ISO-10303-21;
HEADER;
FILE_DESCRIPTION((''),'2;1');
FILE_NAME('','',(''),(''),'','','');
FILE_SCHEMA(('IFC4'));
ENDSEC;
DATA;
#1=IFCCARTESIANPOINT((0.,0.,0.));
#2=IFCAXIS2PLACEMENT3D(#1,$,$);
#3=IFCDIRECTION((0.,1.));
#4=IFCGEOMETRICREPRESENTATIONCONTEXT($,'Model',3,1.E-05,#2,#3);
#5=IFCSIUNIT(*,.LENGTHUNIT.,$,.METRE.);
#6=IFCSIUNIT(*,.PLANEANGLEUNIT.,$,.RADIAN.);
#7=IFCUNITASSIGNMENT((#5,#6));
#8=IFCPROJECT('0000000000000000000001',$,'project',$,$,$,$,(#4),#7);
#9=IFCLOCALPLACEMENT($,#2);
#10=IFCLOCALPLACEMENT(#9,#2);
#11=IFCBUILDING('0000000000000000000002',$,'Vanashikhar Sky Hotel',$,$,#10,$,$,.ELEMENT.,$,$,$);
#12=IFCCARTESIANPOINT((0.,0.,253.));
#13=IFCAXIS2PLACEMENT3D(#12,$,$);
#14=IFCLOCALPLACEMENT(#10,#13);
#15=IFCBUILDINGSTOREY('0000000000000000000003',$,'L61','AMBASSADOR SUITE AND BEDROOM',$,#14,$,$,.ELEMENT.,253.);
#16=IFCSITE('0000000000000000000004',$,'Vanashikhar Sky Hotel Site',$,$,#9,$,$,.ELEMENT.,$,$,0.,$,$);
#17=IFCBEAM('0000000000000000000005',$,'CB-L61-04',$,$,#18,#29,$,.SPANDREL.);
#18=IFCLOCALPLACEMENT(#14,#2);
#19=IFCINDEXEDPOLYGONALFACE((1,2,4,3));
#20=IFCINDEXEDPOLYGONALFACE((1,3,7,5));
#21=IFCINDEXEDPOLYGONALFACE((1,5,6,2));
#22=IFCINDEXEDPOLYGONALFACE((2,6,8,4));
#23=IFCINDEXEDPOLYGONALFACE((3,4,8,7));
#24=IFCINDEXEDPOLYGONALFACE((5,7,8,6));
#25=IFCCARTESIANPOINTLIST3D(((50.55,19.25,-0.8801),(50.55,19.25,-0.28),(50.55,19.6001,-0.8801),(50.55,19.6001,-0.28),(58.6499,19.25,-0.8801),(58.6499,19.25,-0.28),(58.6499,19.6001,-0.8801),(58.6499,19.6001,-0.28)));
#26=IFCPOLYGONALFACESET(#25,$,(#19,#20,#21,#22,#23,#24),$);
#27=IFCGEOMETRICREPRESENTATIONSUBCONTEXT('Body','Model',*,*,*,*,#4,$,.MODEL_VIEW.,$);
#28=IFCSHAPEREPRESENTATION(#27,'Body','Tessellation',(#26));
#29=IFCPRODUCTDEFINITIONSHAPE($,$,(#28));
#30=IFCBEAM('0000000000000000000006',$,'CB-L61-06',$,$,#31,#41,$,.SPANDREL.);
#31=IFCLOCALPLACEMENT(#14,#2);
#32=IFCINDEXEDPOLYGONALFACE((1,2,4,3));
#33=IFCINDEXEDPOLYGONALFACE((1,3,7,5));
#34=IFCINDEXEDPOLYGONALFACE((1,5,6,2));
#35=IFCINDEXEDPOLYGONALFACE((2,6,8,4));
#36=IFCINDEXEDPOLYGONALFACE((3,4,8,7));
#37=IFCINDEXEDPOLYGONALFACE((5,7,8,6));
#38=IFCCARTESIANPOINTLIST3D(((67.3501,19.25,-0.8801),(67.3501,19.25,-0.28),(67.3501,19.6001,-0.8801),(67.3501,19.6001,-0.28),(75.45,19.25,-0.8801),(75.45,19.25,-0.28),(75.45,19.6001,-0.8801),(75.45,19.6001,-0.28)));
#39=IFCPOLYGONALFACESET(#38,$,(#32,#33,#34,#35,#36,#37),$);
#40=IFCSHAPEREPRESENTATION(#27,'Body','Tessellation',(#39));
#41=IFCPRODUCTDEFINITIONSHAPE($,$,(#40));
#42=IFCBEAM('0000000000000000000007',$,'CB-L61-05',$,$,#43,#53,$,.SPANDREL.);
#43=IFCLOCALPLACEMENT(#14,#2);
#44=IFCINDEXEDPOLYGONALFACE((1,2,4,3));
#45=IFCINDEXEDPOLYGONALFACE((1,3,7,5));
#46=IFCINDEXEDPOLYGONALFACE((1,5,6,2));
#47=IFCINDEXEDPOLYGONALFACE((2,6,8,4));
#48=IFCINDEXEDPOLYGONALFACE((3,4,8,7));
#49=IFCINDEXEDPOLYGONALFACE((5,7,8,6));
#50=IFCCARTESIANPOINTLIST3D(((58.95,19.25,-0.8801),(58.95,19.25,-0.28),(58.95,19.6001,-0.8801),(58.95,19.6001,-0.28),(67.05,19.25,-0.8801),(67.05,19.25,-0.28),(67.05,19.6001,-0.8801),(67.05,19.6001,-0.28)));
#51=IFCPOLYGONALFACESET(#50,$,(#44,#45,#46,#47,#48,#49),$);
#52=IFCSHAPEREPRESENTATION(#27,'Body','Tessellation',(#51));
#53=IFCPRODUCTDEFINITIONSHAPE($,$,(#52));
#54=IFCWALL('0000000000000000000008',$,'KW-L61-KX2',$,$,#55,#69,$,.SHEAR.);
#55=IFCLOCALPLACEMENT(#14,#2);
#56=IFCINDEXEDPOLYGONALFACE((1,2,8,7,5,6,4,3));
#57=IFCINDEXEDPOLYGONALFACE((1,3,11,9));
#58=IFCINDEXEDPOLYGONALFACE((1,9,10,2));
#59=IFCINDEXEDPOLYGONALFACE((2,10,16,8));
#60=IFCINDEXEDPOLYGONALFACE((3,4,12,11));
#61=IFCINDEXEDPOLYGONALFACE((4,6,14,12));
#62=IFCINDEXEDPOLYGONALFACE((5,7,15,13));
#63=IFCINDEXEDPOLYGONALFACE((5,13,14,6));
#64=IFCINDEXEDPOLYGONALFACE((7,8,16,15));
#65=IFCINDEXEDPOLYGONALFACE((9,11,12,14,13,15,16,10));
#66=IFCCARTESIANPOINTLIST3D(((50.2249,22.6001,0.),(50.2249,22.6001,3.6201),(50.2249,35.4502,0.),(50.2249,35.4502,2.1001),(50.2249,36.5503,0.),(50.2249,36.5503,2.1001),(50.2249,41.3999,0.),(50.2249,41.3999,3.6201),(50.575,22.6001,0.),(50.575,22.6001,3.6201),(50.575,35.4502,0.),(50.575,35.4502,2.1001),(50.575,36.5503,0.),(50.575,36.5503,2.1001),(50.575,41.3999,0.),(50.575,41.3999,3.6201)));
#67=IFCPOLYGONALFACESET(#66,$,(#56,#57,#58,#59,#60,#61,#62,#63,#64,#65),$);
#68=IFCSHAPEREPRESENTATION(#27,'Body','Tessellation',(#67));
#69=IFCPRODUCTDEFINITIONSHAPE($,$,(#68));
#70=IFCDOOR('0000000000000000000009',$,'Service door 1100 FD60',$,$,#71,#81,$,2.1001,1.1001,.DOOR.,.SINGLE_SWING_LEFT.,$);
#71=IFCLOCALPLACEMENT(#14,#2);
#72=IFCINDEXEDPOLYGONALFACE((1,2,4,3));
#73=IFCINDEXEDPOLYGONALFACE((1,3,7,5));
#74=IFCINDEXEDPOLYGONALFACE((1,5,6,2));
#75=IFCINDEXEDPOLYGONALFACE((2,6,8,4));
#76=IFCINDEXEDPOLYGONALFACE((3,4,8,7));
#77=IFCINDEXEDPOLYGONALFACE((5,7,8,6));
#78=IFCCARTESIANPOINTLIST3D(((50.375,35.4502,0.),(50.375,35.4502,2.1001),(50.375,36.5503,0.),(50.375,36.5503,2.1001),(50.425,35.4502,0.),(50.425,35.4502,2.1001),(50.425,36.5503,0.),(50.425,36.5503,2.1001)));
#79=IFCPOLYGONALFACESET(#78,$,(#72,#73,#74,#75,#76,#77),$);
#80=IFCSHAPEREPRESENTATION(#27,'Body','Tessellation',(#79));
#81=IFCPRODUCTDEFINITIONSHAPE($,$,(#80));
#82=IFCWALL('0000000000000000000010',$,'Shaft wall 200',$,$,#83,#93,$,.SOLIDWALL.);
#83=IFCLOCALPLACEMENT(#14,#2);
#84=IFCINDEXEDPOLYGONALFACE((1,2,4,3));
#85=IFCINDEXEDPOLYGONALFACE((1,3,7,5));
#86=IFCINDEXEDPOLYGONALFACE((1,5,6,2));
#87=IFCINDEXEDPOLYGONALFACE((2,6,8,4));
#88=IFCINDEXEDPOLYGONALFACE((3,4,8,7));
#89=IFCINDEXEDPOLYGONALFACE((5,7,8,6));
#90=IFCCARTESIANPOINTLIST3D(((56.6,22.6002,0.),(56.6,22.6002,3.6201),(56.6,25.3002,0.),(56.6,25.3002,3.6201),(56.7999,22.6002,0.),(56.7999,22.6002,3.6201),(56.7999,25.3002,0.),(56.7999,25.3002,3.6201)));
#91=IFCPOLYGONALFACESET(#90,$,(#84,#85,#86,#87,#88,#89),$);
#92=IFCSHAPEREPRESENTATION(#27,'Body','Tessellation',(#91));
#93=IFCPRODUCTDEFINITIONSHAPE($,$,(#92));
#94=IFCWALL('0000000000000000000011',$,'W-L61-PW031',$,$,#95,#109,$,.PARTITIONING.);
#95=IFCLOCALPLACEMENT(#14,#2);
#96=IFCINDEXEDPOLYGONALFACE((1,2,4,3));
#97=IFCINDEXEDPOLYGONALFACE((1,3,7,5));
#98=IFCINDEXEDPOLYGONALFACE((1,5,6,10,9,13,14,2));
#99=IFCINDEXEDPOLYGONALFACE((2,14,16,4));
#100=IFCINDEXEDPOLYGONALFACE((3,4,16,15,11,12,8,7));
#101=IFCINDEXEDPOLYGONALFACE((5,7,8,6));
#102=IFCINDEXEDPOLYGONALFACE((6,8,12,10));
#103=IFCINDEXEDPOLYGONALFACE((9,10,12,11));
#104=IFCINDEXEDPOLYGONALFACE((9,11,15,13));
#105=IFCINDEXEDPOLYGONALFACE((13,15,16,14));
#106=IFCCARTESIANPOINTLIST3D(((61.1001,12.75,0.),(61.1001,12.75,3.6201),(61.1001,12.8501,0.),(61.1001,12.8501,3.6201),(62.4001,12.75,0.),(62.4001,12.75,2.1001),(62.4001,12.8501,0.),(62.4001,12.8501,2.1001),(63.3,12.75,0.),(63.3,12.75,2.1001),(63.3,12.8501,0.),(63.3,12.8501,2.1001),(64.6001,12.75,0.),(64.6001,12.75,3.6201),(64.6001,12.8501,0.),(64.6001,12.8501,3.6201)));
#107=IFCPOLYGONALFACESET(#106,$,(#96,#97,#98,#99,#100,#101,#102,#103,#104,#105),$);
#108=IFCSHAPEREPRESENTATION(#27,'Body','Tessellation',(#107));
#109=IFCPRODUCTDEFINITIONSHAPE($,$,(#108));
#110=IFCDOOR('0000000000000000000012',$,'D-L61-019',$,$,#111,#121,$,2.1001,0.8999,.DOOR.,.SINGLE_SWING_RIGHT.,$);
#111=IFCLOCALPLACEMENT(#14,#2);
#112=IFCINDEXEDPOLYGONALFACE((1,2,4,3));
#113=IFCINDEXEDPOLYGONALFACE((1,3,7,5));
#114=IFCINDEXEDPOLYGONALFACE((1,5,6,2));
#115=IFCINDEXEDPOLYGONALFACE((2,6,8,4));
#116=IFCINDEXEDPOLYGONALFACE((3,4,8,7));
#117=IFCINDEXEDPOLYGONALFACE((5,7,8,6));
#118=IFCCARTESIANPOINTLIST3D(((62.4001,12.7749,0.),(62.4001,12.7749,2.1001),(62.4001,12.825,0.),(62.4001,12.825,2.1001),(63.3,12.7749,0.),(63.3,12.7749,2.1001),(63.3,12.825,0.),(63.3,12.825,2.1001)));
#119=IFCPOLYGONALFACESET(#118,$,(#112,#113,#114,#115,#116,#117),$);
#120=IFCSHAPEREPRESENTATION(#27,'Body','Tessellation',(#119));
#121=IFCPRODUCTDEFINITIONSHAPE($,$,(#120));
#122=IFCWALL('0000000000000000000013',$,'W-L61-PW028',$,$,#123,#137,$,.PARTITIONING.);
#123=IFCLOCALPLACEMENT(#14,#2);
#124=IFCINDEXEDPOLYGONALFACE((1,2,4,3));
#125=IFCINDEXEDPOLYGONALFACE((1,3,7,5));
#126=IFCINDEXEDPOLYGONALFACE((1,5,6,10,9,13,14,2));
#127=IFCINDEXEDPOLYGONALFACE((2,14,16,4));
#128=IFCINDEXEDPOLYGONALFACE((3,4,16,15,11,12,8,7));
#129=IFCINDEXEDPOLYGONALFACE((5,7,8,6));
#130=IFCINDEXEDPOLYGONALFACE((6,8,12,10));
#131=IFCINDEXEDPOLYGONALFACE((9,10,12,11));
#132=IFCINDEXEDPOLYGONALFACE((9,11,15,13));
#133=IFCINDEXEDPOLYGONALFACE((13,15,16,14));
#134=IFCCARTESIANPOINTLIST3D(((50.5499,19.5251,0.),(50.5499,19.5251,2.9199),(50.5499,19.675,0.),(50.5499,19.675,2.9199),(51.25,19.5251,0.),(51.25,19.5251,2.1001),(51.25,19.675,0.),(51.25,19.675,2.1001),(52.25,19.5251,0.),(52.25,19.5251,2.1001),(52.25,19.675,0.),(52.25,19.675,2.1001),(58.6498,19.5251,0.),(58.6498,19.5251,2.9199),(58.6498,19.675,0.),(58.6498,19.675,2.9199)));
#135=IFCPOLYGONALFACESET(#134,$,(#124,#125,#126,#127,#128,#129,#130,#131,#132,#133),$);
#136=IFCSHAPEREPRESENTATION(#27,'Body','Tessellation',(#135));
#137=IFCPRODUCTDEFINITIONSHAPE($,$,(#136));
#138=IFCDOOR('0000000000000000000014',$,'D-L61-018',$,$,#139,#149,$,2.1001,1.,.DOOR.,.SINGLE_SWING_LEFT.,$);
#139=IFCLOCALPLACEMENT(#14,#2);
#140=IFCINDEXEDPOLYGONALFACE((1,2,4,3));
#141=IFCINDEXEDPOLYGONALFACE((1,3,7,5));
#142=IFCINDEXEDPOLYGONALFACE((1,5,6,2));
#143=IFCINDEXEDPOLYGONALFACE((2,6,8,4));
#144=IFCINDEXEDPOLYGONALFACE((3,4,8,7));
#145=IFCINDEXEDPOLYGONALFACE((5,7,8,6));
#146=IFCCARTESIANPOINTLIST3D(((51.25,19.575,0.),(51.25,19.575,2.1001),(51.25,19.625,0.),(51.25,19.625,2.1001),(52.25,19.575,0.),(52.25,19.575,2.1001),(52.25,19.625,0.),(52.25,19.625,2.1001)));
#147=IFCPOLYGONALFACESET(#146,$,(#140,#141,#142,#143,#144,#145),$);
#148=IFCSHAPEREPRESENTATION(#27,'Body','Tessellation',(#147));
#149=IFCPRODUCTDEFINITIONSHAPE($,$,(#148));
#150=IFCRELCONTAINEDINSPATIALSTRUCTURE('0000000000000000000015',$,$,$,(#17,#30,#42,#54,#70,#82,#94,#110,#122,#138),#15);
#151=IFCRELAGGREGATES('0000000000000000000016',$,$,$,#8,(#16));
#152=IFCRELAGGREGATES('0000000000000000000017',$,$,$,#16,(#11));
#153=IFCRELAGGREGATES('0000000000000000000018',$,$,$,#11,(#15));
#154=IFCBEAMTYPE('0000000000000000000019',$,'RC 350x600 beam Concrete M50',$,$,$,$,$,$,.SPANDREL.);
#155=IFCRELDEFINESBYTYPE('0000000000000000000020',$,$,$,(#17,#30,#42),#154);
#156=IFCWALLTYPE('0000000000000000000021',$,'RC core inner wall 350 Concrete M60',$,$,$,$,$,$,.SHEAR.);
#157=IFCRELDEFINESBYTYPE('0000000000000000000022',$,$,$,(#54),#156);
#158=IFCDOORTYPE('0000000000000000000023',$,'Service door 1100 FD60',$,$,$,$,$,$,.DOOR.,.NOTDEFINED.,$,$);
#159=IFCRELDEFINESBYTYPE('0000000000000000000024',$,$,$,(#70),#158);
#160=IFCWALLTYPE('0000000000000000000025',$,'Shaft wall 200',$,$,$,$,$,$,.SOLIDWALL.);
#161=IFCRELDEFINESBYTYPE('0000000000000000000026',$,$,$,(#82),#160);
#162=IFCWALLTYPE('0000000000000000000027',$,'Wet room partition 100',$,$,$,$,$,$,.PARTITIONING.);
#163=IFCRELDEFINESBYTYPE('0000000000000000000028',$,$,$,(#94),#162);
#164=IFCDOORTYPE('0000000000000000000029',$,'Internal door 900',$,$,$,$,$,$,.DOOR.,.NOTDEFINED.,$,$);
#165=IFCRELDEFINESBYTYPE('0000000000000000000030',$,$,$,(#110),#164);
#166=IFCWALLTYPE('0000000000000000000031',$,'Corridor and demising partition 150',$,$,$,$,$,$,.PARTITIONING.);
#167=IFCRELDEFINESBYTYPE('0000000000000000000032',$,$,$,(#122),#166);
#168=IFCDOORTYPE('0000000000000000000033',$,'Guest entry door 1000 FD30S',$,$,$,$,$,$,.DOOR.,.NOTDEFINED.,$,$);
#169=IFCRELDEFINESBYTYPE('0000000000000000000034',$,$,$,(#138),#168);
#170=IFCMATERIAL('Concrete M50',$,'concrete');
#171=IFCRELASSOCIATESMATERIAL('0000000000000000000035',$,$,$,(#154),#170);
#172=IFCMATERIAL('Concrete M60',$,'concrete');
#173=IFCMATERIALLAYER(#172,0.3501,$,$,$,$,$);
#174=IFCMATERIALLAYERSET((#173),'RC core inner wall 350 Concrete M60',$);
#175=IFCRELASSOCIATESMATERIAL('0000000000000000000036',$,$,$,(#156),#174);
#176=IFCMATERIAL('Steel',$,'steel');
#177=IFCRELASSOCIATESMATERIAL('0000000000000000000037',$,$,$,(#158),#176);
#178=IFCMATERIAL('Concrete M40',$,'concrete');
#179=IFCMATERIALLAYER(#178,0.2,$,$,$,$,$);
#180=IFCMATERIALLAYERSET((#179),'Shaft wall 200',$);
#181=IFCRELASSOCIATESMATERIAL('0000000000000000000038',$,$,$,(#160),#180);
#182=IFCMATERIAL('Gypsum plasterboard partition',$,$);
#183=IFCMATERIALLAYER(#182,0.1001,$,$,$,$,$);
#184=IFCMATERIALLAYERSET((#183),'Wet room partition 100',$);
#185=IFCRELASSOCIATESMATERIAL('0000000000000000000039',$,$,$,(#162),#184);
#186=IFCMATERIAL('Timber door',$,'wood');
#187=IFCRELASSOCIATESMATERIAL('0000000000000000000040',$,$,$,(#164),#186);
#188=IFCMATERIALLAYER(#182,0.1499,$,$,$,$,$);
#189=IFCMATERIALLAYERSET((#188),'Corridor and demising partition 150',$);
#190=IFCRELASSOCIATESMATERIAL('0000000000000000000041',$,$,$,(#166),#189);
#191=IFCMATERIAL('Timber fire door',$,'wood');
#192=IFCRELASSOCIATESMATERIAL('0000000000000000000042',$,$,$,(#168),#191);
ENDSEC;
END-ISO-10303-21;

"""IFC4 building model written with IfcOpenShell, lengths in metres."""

from ifc_helpers import new_model, si_unit, direction, frame, frame_2d, origin, origin_2d, place, context, subcontext, project, spatial, rectangle, extrude, source, transform, mapped, material, layer, layer_set, material_profile, profile_set, type_object, element, fill, save


model = new_model("IFC4")

# Units and contexts
model_context = context("Model", 3, precision=1e-05, world=origin(), true_north=direction((0.0, 1.0)))
body_context = subcontext(model_context, "Body", "Model", "MODEL_VIEW")
ifc_project = project(units=[si_unit("LENGTHUNIT", "METRE"), si_unit("PLANEANGLEUNIT", "RADIAN")], contexts=[model_context])

# Site, building, storey
site_placement = place(None, origin())
site = spatial("IfcSite", under=ifc_project, at=site_placement, Name="Vanashikhar Sky Hotel Site", CompositionType="ELEMENT", RefElevation=0.0)
building_placement = place(site_placement, origin())
building = spatial("IfcBuilding", under=site, at=building_placement, Name="Vanashikhar Sky Hotel", CompositionType="ELEMENT")
storey_placement = place(building_placement, frame((0.0, 0.0, 253.0)))
storey = spatial("IfcBuildingStorey", under=building, at=storey_placement, Name="L61", Description="AMBASSADOR SUITE AND BEDROOM", CompositionType="ELEMENT", Elevation=253.0)

# Beams
ifc_material_1 = material(Name="Concrete M50", Category="concrete")
ifc_material_profile = material_profile(ifc_material_1, rectangle(XDim=0.3501, YDim=0.6001, at=origin_2d()))
ifc_profile_set = profile_set([ifc_material_profile], Name="RC 350x600 beam Concrete M50")
beam_type = type_object("IfcBeamType", Name="RC 350x600 beam Concrete M50", PredefinedType="SPANDREL", material=ifc_profile_set)
shared_shape_1 = source(origin(), body_context, "Body", "SweptSolid", [
    extrude(rectangle(XDim=0.3501, YDim=0.6001, at=origin_2d()), origin(), (0.0, 0.0, 1.0), 8.0999),
])
for number, where, z_axis, x_axis, name in (
    (1, (50.55, 19.425, -0.5801), (1.0, 0.0, 0.0), (0.0, 1.0, 0.0), "CB-L61-04"),
    (2, (67.3501, 19.425, -0.5801), (1.0, 0.0, 0.0), (0.0, 1.0, 0.0), "CB-L61-06"),
):
    element("IfcBeam", number, at=place(storey_placement, frame(where, z_axis=z_axis, x_axis=x_axis)), inside=storey, type_object=beam_type, Name=name, PredefinedType="SPANDREL", context=body_context, shape_type="MappedRepresentation", body=[
        mapped(shared_shape_1, transform((0.0, 0.0, 0.0), scale=1.0)),
    ])
shared_shape_2 = source(origin(), body_context, "Body", "SweptSolid", [
    extrude(rectangle(XDim=0.3501, YDim=0.6001, at=origin_2d()), origin(), (0.0, 0.0, 1.0), 8.1001),
])
beam_placement = place(storey_placement, frame((58.95, 19.425, -0.5801), z_axis=(1.0, 0.0, 0.0), x_axis=(0.0, 1.0, 0.0)))
element("IfcBeam", 3, at=beam_placement, inside=storey, type_object=beam_type, Name="CB-L61-05", PredefinedType="SPANDREL", context=body_context, shape_type="MappedRepresentation", body=[
    mapped(shared_shape_2, transform((0.0, 0.0, 0.0), scale=1.0)),
])

# Wall, opening, door
ifc_material_2 = material(Name="Concrete M60", Category="concrete")
ifc_layer_1 = layer(ifc_material_2, 0.3501)
ifc_layer_set_1 = layer_set([ifc_layer_1], Name="RC core inner wall 350 Concrete M60")
wall_type_1 = type_object("IfcWallType", Name="RC core inner wall 350 Concrete M60", PredefinedType="SHEAR", material=ifc_layer_set_1)
shared_shape_3 = source(origin(), body_context, "Body", "SweptSolid", [
    extrude(rectangle(XDim=18.7998, YDim=0.3501, at=frame_2d((9.3999, 0.0))), origin(), (0.0, 0.0, 1.0), 3.6201),
])
wall_1_placement = place(storey_placement, frame((50.3999, 22.6001, 0.0), z_axis=(0.0, 0.0, 1.0), x_axis=(0.0, 1.0, 0.0)))
wall_1 = element("IfcWall", 4, at=wall_1_placement, inside=storey, type_object=wall_type_1, Name="KW-L61-KX2", PredefinedType="SHEAR", context=body_context, shape_type="MappedRepresentation", body=[
    mapped(shared_shape_3, transform((0.0, 0.0, 0.0), scale=1.0)),
])
shared_shape_4 = source(origin(), body_context, "Body", "SweptSolid", [
    extrude(rectangle(XDim=1.1001, YDim=2.1001, at=frame_2d((0.55, 1.05))), frame((0.0, 0.1851, 0.0), z_axis=(0.0, -1.0, 0.0), x_axis=(1.0, 0.0, 0.0)), (0.0, 0.0, 1.0), 0.3701),
])
opening_1_placement = place(wall_1_placement, frame((12.8501, 0.0, 0.0)))
opening_1 = element("IfcOpeningElement", 5, at=opening_1_placement, cuts=wall_1, PredefinedType="OPENING", context=body_context, shape_type="MappedRepresentation", body=[
    mapped(shared_shape_4, transform((0.0, 0.0, 0.0), scale=1.0)),
])
ifc_material_3 = material(Name="Steel", Category="steel")
door_type_1 = type_object("IfcDoorType", Name="Service door 1100 FD60", OperationType="NOTDEFINED", PredefinedType="DOOR", material=ifc_material_3)
shared_shape_5 = source(origin(), body_context, "Body", "SweptSolid", [
    extrude(rectangle(XDim=1.1001, YDim=2.1001, at=frame_2d((0.55, 1.05))), frame((0.0, 0.0249, 0.0), z_axis=(0.0, -1.0, 0.0), x_axis=(1.0, 0.0, 0.0)), (0.0, 0.0, 1.0), 0.05),
])
door_1_placement = place(opening_1_placement, origin())
door_1 = element("IfcDoor", 6, at=door_1_placement, inside=storey, type_object=door_type_1, Name="Service door 1100 FD60", OperationType="SINGLE_SWING_LEFT", OverallHeight=2.1001, OverallWidth=1.1001, PredefinedType="DOOR", context=body_context, shape_type="MappedRepresentation", body=[
    mapped(shared_shape_5, transform((0.0, 0.0, 0.0), scale=1.0)),
])
fill(opening_1, door_1)

# Wall
ifc_material_4 = material(Name="Concrete M40", Category="concrete")
ifc_layer_2 = layer(ifc_material_4, 0.2)
ifc_layer_set_2 = layer_set([ifc_layer_2], Name="Shaft wall 200")
wall_type_2 = type_object("IfcWallType", Name="Shaft wall 200", PredefinedType="SOLIDWALL", material=ifc_layer_set_2)
shared_shape_6 = source(origin(), body_context, "Body", "SweptSolid", [
    extrude(rectangle(XDim=2.7, YDim=0.2, at=frame_2d((1.3501, 0.0))), origin(), (0.0, 0.0, 1.0), 3.6201),
])
wall_2_placement = place(storey_placement, frame((56.7, 22.6001, 0.0), z_axis=(0.0, 0.0, 1.0), x_axis=(0.0, 1.0, 0.0)))
element("IfcWall", 7, at=wall_2_placement, inside=storey, type_object=wall_type_2, Name="Shaft wall 200", PredefinedType="SOLIDWALL", context=body_context, shape_type="MappedRepresentation", body=[
    mapped(shared_shape_6, transform((0.0, 0.0, 0.0), scale=1.0)),
])

# Walls, openings, doors
ifc_material_5 = material(Name="Gypsum plasterboard partition")
ifc_layer_3 = layer(ifc_material_5, 0.1001)
ifc_layer_set_3 = layer_set([ifc_layer_3], Name="Wet room partition 100")
wall_type_3 = type_object("IfcWallType", Name="Wet room partition 100", PredefinedType="PARTITIONING", material=ifc_layer_set_3)
shared_shape_7 = source(origin(), body_context, "Body", "SweptSolid", [
    extrude(rectangle(XDim=3.5, YDim=0.1001, at=frame_2d((1.75, 0.0))), origin(), (0.0, 0.0, 1.0), 3.6201),
])
wall_3_placement = place(storey_placement, frame((61.1001, 12.8, 0.0), z_axis=(0.0, 0.0, 1.0), x_axis=(1.0, 0.0, 0.0)))
wall_3 = element("IfcWall", 8, at=wall_3_placement, inside=storey, type_object=wall_type_3, Name="W-L61-PW031", PredefinedType="PARTITIONING", context=body_context, shape_type="MappedRepresentation", body=[
    mapped(shared_shape_7, transform((0.0, 0.0, 0.0), scale=1.0)),
])
shared_shape_8 = source(origin(), body_context, "Body", "SweptSolid", [
    extrude(rectangle(XDim=0.8999, YDim=2.1001, at=frame_2d((0.45, 1.05))), frame((0.0, 0.0601, 0.0), z_axis=(0.0, -1.0, 0.0), x_axis=(1.0, 0.0, 0.0)), (0.0, 0.0, 1.0), 0.1201),
])
opening_2_placement = place(wall_3_placement, frame((1.3, 0.0, 0.0)))
opening_2 = element("IfcOpeningElement", 9, at=opening_2_placement, cuts=wall_3, PredefinedType="OPENING", context=body_context, shape_type="MappedRepresentation", body=[
    mapped(shared_shape_8, transform((0.0, 0.0, 0.0), scale=1.0)),
])
ifc_material_6 = material(Name="Timber door", Category="wood")
door_type_2 = type_object("IfcDoorType", Name="Internal door 900", OperationType="NOTDEFINED", PredefinedType="DOOR", material=ifc_material_6)
shared_shape_9 = source(origin(), body_context, "Body", "SweptSolid", [
    extrude(rectangle(XDim=0.8999, YDim=2.1001, at=frame_2d((0.45, 1.05))), frame((0.0, 0.0249, 0.0), z_axis=(0.0, -1.0, 0.0), x_axis=(1.0, 0.0, 0.0)), (0.0, 0.0, 1.0), 0.05),
])
door_2_placement = place(opening_2_placement, origin())
door_2 = element("IfcDoor", 10, at=door_2_placement, inside=storey, type_object=door_type_2, Name="D-L61-019", OperationType="SINGLE_SWING_RIGHT", OverallHeight=2.1001, OverallWidth=0.8999, PredefinedType="DOOR", context=body_context, shape_type="MappedRepresentation", body=[
    mapped(shared_shape_9, transform((0.0, 0.0, 0.0), scale=1.0)),
])
fill(opening_2, door_2)
ifc_layer_4 = layer(ifc_material_5, 0.1499)
ifc_layer_set_4 = layer_set([ifc_layer_4], Name="Corridor and demising partition 150")
wall_type_4 = type_object("IfcWallType", Name="Corridor and demising partition 150", PredefinedType="PARTITIONING", material=ifc_layer_set_4)
shared_shape_10 = source(origin(), body_context, "Body", "SweptSolid", [
    extrude(rectangle(XDim=8.0999, YDim=0.1499, at=frame_2d((4.0498, 0.0))), origin(), (0.0, 0.0, 1.0), 2.9199),
])
wall_4_placement = place(storey_placement, frame((50.55, 19.6001, 0.0), z_axis=(0.0, 0.0, 1.0), x_axis=(1.0, 0.0, 0.0)))
wall_4 = element("IfcWall", 11, at=wall_4_placement, inside=storey, type_object=wall_type_4, Name="W-L61-PW028", PredefinedType="PARTITIONING", context=body_context, shape_type="MappedRepresentation", body=[
    mapped(shared_shape_10, transform((0.0, 0.0, 0.0), scale=1.0)),
])
shared_shape_11 = source(origin(), body_context, "Body", "SweptSolid", [
    extrude(rectangle(XDim=1.0, YDim=2.1001, at=frame_2d((0.5, 1.05))), frame((0.0, 0.085, 0.0), z_axis=(0.0, -1.0, 0.0), x_axis=(1.0, 0.0, 0.0)), (0.0, 0.0, 1.0), 0.1699),
])
opening_3_placement = place(wall_4_placement, frame((0.7, 0.0, 0.0)))
opening_3 = element("IfcOpeningElement", 12, at=opening_3_placement, cuts=wall_4, PredefinedType="OPENING", context=body_context, shape_type="MappedRepresentation", body=[
    mapped(shared_shape_11, transform((0.0, 0.0, 0.0), scale=1.0)),
])
ifc_material_7 = material(Name="Timber fire door", Category="wood")
door_type_3 = type_object("IfcDoorType", Name="Guest entry door 1000 FD30S", OperationType="NOTDEFINED", PredefinedType="DOOR", material=ifc_material_7)
shared_shape_12 = source(origin(), body_context, "Body", "SweptSolid", [
    extrude(rectangle(XDim=1.0, YDim=2.1001, at=frame_2d((0.5, 1.05))), frame((0.0, 0.0249, 0.0), z_axis=(0.0, -1.0, 0.0), x_axis=(1.0, 0.0, 0.0)), (0.0, 0.0, 1.0), 0.05),
])
door_3_placement = place(opening_3_placement, origin())
door_3 = element("IfcDoor", 13, at=door_3_placement, inside=storey, type_object=door_type_3, Name="D-L61-018", OperationType="SINGLE_SWING_LEFT", OverallHeight=2.1001, OverallWidth=1.0, PredefinedType="DOOR", context=body_context, shape_type="MappedRepresentation", body=[
    mapped(shared_shape_12, transform((0.0, 0.0, 0.0), scale=1.0)),
])
fill(opening_3, door_3)

save(model, "model.ifc")
